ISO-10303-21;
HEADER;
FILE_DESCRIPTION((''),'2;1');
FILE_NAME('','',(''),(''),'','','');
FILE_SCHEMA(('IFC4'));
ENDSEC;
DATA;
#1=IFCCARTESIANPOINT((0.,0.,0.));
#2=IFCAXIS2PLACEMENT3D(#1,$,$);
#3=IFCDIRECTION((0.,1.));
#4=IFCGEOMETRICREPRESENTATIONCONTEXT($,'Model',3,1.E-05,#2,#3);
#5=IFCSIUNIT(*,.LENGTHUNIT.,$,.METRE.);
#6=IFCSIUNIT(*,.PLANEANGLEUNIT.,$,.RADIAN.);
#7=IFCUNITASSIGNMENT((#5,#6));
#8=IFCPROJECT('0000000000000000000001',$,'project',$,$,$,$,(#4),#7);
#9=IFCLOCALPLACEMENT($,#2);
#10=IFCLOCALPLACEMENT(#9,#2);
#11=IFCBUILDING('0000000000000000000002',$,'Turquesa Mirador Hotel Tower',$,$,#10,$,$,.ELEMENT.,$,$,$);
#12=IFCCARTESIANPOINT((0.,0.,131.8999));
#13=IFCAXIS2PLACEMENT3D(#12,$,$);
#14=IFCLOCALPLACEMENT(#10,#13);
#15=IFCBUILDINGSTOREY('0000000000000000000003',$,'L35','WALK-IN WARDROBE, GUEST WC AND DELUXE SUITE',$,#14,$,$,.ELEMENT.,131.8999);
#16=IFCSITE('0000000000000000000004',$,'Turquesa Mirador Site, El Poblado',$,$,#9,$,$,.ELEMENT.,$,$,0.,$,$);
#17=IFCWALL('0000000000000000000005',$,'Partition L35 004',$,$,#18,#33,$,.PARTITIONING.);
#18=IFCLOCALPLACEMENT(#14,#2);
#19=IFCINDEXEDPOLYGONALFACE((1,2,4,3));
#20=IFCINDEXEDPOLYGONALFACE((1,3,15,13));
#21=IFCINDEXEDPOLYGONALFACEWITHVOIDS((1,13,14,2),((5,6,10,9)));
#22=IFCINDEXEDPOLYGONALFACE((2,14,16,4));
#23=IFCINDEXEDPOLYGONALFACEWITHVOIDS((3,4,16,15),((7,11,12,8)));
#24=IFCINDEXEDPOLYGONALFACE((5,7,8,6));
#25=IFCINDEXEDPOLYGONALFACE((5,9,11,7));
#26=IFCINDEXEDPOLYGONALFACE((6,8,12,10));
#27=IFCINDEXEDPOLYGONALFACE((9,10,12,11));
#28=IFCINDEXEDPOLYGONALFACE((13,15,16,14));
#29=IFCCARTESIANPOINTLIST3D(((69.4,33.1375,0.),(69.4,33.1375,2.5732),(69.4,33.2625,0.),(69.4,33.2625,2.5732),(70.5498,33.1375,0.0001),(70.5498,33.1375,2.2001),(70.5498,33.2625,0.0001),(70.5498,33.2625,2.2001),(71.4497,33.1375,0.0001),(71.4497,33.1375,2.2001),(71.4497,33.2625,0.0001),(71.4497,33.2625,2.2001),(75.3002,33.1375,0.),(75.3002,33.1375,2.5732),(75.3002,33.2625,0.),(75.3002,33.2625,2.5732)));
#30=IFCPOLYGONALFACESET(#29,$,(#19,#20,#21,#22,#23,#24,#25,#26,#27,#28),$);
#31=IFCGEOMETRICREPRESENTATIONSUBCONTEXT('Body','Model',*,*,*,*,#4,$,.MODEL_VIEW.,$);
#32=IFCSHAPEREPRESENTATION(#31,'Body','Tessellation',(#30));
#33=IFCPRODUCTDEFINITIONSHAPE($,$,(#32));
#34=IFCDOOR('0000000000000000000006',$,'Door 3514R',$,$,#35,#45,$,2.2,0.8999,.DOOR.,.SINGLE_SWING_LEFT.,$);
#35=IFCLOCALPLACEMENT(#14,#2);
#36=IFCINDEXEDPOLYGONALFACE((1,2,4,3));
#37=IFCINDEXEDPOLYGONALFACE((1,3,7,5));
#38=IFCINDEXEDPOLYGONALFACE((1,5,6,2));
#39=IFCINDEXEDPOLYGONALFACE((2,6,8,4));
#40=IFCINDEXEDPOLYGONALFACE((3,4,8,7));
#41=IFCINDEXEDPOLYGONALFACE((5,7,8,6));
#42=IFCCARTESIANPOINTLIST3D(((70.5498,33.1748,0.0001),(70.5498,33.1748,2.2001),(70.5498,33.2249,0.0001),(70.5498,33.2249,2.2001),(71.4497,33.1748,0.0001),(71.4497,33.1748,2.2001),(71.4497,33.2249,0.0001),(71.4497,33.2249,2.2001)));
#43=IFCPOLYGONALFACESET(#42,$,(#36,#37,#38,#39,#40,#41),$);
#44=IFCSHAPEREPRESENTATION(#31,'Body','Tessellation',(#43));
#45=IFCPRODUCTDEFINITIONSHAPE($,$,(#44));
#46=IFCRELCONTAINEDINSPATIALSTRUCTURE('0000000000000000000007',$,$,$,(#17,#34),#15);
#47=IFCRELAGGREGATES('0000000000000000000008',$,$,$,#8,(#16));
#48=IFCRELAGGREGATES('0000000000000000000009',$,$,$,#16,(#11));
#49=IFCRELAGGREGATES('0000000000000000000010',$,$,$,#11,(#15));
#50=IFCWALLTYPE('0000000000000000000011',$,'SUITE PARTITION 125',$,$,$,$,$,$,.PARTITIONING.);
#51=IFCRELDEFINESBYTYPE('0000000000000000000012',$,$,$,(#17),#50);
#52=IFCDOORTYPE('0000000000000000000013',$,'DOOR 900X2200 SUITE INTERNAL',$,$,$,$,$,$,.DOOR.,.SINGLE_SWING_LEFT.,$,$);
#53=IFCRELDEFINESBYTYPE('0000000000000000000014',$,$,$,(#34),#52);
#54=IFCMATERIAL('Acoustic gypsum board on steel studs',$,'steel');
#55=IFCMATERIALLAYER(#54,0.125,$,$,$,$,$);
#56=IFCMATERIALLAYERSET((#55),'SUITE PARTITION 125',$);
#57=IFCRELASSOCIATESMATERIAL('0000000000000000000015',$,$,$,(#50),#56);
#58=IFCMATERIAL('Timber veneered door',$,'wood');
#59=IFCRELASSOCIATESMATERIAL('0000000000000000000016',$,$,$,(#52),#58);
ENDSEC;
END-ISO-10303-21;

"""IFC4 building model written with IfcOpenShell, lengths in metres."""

from ifc_helpers import new_model, si_unit, direction, frame, frame_2d, origin, place, context, subcontext, project, spatial, rectangle, extrude, material, layer, layer_set, type_object, element, fill, save


model = new_model("IFC4")

# Units and contexts
model_context = context("Model", 3, precision=1e-05, world=origin(), true_north=direction((0.0, 1.0)))
body_context = subcontext(model_context, "Body", "Model", "MODEL_VIEW")
ifc_project = project(units=[si_unit("LENGTHUNIT", "METRE"), si_unit("PLANEANGLEUNIT", "RADIAN")], contexts=[model_context])

# Site, building, storey
site_placement = place(None, origin())
site = spatial("IfcSite", under=ifc_project, at=site_placement, Name="Turquesa Mirador Site, El Poblado", CompositionType="ELEMENT", RefElevation=0.0)
building_placement = place(site_placement, origin())
building = spatial("IfcBuilding", under=site, at=building_placement, Name="Turquesa Mirador Hotel Tower", CompositionType="ELEMENT")
storey_placement = place(building_placement, frame((0.0, 0.0, 131.8999)))
storey = spatial("IfcBuildingStorey", under=building, at=storey_placement, Name="L35", Description="WALK-IN WARDROBE, GUEST WC AND DELUXE SUITE", CompositionType="ELEMENT", Elevation=131.8999)

# Wall, opening, door
ifc_material_1 = material(Name="Acoustic gypsum board on steel studs", Category="steel")
ifc_layer_1 = layer(ifc_material_1, 0.125)
ifc_layer_set_1 = layer_set([ifc_layer_1], Name="SUITE PARTITION 125")
wall_type_1 = type_object("IfcWallType", Name="SUITE PARTITION 125", PredefinedType="PARTITIONING", material=ifc_layer_set_1)
wall_1_placement = place(storey_placement, frame((69.3999, 33.2, 0.0), z_axis=(0.0, 0.0, 1.0), x_axis=(1.0, 0.0, 0.0)))
wall_1 = element("IfcWall", 1, at=wall_1_placement, inside=storey, type_object=wall_type_1, Name="Partition L35 004", PredefinedType="PARTITIONING", context=body_context, shape_type="SweptSolid", body=[
    extrude(rectangle(XDim=5.9001, YDim=0.125, at=frame_2d((2.9502, 0.0))), origin(), (0.0, 0.0, 1.0), 2.5732),
])
opening_1_placement = place(wall_1_placement, frame((1.1499, 0.0, 0.0)))
opening_1 = element("IfcOpeningElement", 2, at=opening_1_placement, cuts=wall_1, PredefinedType="OPENING", context=body_context, shape_type="SweptSolid", body=[
    extrude(rectangle(XDim=0.8999, YDim=2.2, at=frame_2d((0.45, 1.1001))), frame((0.0, 0.0725, 0.0), z_axis=(0.0, -1.0, 0.0), x_axis=(1.0, 0.0, 0.0)), (0.0, 0.0, 1.0), 0.145),
])
ifc_material_2 = material(Name="Timber veneered door", Category="wood")
door_type_1 = type_object("IfcDoorType", Name="DOOR 900X2200 SUITE INTERNAL", OperationType="SINGLE_SWING_LEFT", PredefinedType="DOOR", material=ifc_material_2)
door_1_placement = place(opening_1_placement, origin())
door_1 = element("IfcDoor", 3, at=door_1_placement, inside=storey, type_object=door_type_1, Name="Door 3514R", OperationType="SINGLE_SWING_LEFT", OverallHeight=2.2, OverallWidth=0.8999, PredefinedType="DOOR", context=body_context, shape_type="SweptSolid", body=[
    extrude(rectangle(XDim=0.8999, YDim=2.2, at=frame_2d((0.45, 1.1001))), frame((0.0, 0.0249, 0.0), z_axis=(0.0, -1.0, 0.0), x_axis=(1.0, 0.0, 0.0)), (0.0, 0.0, 1.0), 0.05),
])
fill(opening_1, door_1)

save(model, "model.ifc")
